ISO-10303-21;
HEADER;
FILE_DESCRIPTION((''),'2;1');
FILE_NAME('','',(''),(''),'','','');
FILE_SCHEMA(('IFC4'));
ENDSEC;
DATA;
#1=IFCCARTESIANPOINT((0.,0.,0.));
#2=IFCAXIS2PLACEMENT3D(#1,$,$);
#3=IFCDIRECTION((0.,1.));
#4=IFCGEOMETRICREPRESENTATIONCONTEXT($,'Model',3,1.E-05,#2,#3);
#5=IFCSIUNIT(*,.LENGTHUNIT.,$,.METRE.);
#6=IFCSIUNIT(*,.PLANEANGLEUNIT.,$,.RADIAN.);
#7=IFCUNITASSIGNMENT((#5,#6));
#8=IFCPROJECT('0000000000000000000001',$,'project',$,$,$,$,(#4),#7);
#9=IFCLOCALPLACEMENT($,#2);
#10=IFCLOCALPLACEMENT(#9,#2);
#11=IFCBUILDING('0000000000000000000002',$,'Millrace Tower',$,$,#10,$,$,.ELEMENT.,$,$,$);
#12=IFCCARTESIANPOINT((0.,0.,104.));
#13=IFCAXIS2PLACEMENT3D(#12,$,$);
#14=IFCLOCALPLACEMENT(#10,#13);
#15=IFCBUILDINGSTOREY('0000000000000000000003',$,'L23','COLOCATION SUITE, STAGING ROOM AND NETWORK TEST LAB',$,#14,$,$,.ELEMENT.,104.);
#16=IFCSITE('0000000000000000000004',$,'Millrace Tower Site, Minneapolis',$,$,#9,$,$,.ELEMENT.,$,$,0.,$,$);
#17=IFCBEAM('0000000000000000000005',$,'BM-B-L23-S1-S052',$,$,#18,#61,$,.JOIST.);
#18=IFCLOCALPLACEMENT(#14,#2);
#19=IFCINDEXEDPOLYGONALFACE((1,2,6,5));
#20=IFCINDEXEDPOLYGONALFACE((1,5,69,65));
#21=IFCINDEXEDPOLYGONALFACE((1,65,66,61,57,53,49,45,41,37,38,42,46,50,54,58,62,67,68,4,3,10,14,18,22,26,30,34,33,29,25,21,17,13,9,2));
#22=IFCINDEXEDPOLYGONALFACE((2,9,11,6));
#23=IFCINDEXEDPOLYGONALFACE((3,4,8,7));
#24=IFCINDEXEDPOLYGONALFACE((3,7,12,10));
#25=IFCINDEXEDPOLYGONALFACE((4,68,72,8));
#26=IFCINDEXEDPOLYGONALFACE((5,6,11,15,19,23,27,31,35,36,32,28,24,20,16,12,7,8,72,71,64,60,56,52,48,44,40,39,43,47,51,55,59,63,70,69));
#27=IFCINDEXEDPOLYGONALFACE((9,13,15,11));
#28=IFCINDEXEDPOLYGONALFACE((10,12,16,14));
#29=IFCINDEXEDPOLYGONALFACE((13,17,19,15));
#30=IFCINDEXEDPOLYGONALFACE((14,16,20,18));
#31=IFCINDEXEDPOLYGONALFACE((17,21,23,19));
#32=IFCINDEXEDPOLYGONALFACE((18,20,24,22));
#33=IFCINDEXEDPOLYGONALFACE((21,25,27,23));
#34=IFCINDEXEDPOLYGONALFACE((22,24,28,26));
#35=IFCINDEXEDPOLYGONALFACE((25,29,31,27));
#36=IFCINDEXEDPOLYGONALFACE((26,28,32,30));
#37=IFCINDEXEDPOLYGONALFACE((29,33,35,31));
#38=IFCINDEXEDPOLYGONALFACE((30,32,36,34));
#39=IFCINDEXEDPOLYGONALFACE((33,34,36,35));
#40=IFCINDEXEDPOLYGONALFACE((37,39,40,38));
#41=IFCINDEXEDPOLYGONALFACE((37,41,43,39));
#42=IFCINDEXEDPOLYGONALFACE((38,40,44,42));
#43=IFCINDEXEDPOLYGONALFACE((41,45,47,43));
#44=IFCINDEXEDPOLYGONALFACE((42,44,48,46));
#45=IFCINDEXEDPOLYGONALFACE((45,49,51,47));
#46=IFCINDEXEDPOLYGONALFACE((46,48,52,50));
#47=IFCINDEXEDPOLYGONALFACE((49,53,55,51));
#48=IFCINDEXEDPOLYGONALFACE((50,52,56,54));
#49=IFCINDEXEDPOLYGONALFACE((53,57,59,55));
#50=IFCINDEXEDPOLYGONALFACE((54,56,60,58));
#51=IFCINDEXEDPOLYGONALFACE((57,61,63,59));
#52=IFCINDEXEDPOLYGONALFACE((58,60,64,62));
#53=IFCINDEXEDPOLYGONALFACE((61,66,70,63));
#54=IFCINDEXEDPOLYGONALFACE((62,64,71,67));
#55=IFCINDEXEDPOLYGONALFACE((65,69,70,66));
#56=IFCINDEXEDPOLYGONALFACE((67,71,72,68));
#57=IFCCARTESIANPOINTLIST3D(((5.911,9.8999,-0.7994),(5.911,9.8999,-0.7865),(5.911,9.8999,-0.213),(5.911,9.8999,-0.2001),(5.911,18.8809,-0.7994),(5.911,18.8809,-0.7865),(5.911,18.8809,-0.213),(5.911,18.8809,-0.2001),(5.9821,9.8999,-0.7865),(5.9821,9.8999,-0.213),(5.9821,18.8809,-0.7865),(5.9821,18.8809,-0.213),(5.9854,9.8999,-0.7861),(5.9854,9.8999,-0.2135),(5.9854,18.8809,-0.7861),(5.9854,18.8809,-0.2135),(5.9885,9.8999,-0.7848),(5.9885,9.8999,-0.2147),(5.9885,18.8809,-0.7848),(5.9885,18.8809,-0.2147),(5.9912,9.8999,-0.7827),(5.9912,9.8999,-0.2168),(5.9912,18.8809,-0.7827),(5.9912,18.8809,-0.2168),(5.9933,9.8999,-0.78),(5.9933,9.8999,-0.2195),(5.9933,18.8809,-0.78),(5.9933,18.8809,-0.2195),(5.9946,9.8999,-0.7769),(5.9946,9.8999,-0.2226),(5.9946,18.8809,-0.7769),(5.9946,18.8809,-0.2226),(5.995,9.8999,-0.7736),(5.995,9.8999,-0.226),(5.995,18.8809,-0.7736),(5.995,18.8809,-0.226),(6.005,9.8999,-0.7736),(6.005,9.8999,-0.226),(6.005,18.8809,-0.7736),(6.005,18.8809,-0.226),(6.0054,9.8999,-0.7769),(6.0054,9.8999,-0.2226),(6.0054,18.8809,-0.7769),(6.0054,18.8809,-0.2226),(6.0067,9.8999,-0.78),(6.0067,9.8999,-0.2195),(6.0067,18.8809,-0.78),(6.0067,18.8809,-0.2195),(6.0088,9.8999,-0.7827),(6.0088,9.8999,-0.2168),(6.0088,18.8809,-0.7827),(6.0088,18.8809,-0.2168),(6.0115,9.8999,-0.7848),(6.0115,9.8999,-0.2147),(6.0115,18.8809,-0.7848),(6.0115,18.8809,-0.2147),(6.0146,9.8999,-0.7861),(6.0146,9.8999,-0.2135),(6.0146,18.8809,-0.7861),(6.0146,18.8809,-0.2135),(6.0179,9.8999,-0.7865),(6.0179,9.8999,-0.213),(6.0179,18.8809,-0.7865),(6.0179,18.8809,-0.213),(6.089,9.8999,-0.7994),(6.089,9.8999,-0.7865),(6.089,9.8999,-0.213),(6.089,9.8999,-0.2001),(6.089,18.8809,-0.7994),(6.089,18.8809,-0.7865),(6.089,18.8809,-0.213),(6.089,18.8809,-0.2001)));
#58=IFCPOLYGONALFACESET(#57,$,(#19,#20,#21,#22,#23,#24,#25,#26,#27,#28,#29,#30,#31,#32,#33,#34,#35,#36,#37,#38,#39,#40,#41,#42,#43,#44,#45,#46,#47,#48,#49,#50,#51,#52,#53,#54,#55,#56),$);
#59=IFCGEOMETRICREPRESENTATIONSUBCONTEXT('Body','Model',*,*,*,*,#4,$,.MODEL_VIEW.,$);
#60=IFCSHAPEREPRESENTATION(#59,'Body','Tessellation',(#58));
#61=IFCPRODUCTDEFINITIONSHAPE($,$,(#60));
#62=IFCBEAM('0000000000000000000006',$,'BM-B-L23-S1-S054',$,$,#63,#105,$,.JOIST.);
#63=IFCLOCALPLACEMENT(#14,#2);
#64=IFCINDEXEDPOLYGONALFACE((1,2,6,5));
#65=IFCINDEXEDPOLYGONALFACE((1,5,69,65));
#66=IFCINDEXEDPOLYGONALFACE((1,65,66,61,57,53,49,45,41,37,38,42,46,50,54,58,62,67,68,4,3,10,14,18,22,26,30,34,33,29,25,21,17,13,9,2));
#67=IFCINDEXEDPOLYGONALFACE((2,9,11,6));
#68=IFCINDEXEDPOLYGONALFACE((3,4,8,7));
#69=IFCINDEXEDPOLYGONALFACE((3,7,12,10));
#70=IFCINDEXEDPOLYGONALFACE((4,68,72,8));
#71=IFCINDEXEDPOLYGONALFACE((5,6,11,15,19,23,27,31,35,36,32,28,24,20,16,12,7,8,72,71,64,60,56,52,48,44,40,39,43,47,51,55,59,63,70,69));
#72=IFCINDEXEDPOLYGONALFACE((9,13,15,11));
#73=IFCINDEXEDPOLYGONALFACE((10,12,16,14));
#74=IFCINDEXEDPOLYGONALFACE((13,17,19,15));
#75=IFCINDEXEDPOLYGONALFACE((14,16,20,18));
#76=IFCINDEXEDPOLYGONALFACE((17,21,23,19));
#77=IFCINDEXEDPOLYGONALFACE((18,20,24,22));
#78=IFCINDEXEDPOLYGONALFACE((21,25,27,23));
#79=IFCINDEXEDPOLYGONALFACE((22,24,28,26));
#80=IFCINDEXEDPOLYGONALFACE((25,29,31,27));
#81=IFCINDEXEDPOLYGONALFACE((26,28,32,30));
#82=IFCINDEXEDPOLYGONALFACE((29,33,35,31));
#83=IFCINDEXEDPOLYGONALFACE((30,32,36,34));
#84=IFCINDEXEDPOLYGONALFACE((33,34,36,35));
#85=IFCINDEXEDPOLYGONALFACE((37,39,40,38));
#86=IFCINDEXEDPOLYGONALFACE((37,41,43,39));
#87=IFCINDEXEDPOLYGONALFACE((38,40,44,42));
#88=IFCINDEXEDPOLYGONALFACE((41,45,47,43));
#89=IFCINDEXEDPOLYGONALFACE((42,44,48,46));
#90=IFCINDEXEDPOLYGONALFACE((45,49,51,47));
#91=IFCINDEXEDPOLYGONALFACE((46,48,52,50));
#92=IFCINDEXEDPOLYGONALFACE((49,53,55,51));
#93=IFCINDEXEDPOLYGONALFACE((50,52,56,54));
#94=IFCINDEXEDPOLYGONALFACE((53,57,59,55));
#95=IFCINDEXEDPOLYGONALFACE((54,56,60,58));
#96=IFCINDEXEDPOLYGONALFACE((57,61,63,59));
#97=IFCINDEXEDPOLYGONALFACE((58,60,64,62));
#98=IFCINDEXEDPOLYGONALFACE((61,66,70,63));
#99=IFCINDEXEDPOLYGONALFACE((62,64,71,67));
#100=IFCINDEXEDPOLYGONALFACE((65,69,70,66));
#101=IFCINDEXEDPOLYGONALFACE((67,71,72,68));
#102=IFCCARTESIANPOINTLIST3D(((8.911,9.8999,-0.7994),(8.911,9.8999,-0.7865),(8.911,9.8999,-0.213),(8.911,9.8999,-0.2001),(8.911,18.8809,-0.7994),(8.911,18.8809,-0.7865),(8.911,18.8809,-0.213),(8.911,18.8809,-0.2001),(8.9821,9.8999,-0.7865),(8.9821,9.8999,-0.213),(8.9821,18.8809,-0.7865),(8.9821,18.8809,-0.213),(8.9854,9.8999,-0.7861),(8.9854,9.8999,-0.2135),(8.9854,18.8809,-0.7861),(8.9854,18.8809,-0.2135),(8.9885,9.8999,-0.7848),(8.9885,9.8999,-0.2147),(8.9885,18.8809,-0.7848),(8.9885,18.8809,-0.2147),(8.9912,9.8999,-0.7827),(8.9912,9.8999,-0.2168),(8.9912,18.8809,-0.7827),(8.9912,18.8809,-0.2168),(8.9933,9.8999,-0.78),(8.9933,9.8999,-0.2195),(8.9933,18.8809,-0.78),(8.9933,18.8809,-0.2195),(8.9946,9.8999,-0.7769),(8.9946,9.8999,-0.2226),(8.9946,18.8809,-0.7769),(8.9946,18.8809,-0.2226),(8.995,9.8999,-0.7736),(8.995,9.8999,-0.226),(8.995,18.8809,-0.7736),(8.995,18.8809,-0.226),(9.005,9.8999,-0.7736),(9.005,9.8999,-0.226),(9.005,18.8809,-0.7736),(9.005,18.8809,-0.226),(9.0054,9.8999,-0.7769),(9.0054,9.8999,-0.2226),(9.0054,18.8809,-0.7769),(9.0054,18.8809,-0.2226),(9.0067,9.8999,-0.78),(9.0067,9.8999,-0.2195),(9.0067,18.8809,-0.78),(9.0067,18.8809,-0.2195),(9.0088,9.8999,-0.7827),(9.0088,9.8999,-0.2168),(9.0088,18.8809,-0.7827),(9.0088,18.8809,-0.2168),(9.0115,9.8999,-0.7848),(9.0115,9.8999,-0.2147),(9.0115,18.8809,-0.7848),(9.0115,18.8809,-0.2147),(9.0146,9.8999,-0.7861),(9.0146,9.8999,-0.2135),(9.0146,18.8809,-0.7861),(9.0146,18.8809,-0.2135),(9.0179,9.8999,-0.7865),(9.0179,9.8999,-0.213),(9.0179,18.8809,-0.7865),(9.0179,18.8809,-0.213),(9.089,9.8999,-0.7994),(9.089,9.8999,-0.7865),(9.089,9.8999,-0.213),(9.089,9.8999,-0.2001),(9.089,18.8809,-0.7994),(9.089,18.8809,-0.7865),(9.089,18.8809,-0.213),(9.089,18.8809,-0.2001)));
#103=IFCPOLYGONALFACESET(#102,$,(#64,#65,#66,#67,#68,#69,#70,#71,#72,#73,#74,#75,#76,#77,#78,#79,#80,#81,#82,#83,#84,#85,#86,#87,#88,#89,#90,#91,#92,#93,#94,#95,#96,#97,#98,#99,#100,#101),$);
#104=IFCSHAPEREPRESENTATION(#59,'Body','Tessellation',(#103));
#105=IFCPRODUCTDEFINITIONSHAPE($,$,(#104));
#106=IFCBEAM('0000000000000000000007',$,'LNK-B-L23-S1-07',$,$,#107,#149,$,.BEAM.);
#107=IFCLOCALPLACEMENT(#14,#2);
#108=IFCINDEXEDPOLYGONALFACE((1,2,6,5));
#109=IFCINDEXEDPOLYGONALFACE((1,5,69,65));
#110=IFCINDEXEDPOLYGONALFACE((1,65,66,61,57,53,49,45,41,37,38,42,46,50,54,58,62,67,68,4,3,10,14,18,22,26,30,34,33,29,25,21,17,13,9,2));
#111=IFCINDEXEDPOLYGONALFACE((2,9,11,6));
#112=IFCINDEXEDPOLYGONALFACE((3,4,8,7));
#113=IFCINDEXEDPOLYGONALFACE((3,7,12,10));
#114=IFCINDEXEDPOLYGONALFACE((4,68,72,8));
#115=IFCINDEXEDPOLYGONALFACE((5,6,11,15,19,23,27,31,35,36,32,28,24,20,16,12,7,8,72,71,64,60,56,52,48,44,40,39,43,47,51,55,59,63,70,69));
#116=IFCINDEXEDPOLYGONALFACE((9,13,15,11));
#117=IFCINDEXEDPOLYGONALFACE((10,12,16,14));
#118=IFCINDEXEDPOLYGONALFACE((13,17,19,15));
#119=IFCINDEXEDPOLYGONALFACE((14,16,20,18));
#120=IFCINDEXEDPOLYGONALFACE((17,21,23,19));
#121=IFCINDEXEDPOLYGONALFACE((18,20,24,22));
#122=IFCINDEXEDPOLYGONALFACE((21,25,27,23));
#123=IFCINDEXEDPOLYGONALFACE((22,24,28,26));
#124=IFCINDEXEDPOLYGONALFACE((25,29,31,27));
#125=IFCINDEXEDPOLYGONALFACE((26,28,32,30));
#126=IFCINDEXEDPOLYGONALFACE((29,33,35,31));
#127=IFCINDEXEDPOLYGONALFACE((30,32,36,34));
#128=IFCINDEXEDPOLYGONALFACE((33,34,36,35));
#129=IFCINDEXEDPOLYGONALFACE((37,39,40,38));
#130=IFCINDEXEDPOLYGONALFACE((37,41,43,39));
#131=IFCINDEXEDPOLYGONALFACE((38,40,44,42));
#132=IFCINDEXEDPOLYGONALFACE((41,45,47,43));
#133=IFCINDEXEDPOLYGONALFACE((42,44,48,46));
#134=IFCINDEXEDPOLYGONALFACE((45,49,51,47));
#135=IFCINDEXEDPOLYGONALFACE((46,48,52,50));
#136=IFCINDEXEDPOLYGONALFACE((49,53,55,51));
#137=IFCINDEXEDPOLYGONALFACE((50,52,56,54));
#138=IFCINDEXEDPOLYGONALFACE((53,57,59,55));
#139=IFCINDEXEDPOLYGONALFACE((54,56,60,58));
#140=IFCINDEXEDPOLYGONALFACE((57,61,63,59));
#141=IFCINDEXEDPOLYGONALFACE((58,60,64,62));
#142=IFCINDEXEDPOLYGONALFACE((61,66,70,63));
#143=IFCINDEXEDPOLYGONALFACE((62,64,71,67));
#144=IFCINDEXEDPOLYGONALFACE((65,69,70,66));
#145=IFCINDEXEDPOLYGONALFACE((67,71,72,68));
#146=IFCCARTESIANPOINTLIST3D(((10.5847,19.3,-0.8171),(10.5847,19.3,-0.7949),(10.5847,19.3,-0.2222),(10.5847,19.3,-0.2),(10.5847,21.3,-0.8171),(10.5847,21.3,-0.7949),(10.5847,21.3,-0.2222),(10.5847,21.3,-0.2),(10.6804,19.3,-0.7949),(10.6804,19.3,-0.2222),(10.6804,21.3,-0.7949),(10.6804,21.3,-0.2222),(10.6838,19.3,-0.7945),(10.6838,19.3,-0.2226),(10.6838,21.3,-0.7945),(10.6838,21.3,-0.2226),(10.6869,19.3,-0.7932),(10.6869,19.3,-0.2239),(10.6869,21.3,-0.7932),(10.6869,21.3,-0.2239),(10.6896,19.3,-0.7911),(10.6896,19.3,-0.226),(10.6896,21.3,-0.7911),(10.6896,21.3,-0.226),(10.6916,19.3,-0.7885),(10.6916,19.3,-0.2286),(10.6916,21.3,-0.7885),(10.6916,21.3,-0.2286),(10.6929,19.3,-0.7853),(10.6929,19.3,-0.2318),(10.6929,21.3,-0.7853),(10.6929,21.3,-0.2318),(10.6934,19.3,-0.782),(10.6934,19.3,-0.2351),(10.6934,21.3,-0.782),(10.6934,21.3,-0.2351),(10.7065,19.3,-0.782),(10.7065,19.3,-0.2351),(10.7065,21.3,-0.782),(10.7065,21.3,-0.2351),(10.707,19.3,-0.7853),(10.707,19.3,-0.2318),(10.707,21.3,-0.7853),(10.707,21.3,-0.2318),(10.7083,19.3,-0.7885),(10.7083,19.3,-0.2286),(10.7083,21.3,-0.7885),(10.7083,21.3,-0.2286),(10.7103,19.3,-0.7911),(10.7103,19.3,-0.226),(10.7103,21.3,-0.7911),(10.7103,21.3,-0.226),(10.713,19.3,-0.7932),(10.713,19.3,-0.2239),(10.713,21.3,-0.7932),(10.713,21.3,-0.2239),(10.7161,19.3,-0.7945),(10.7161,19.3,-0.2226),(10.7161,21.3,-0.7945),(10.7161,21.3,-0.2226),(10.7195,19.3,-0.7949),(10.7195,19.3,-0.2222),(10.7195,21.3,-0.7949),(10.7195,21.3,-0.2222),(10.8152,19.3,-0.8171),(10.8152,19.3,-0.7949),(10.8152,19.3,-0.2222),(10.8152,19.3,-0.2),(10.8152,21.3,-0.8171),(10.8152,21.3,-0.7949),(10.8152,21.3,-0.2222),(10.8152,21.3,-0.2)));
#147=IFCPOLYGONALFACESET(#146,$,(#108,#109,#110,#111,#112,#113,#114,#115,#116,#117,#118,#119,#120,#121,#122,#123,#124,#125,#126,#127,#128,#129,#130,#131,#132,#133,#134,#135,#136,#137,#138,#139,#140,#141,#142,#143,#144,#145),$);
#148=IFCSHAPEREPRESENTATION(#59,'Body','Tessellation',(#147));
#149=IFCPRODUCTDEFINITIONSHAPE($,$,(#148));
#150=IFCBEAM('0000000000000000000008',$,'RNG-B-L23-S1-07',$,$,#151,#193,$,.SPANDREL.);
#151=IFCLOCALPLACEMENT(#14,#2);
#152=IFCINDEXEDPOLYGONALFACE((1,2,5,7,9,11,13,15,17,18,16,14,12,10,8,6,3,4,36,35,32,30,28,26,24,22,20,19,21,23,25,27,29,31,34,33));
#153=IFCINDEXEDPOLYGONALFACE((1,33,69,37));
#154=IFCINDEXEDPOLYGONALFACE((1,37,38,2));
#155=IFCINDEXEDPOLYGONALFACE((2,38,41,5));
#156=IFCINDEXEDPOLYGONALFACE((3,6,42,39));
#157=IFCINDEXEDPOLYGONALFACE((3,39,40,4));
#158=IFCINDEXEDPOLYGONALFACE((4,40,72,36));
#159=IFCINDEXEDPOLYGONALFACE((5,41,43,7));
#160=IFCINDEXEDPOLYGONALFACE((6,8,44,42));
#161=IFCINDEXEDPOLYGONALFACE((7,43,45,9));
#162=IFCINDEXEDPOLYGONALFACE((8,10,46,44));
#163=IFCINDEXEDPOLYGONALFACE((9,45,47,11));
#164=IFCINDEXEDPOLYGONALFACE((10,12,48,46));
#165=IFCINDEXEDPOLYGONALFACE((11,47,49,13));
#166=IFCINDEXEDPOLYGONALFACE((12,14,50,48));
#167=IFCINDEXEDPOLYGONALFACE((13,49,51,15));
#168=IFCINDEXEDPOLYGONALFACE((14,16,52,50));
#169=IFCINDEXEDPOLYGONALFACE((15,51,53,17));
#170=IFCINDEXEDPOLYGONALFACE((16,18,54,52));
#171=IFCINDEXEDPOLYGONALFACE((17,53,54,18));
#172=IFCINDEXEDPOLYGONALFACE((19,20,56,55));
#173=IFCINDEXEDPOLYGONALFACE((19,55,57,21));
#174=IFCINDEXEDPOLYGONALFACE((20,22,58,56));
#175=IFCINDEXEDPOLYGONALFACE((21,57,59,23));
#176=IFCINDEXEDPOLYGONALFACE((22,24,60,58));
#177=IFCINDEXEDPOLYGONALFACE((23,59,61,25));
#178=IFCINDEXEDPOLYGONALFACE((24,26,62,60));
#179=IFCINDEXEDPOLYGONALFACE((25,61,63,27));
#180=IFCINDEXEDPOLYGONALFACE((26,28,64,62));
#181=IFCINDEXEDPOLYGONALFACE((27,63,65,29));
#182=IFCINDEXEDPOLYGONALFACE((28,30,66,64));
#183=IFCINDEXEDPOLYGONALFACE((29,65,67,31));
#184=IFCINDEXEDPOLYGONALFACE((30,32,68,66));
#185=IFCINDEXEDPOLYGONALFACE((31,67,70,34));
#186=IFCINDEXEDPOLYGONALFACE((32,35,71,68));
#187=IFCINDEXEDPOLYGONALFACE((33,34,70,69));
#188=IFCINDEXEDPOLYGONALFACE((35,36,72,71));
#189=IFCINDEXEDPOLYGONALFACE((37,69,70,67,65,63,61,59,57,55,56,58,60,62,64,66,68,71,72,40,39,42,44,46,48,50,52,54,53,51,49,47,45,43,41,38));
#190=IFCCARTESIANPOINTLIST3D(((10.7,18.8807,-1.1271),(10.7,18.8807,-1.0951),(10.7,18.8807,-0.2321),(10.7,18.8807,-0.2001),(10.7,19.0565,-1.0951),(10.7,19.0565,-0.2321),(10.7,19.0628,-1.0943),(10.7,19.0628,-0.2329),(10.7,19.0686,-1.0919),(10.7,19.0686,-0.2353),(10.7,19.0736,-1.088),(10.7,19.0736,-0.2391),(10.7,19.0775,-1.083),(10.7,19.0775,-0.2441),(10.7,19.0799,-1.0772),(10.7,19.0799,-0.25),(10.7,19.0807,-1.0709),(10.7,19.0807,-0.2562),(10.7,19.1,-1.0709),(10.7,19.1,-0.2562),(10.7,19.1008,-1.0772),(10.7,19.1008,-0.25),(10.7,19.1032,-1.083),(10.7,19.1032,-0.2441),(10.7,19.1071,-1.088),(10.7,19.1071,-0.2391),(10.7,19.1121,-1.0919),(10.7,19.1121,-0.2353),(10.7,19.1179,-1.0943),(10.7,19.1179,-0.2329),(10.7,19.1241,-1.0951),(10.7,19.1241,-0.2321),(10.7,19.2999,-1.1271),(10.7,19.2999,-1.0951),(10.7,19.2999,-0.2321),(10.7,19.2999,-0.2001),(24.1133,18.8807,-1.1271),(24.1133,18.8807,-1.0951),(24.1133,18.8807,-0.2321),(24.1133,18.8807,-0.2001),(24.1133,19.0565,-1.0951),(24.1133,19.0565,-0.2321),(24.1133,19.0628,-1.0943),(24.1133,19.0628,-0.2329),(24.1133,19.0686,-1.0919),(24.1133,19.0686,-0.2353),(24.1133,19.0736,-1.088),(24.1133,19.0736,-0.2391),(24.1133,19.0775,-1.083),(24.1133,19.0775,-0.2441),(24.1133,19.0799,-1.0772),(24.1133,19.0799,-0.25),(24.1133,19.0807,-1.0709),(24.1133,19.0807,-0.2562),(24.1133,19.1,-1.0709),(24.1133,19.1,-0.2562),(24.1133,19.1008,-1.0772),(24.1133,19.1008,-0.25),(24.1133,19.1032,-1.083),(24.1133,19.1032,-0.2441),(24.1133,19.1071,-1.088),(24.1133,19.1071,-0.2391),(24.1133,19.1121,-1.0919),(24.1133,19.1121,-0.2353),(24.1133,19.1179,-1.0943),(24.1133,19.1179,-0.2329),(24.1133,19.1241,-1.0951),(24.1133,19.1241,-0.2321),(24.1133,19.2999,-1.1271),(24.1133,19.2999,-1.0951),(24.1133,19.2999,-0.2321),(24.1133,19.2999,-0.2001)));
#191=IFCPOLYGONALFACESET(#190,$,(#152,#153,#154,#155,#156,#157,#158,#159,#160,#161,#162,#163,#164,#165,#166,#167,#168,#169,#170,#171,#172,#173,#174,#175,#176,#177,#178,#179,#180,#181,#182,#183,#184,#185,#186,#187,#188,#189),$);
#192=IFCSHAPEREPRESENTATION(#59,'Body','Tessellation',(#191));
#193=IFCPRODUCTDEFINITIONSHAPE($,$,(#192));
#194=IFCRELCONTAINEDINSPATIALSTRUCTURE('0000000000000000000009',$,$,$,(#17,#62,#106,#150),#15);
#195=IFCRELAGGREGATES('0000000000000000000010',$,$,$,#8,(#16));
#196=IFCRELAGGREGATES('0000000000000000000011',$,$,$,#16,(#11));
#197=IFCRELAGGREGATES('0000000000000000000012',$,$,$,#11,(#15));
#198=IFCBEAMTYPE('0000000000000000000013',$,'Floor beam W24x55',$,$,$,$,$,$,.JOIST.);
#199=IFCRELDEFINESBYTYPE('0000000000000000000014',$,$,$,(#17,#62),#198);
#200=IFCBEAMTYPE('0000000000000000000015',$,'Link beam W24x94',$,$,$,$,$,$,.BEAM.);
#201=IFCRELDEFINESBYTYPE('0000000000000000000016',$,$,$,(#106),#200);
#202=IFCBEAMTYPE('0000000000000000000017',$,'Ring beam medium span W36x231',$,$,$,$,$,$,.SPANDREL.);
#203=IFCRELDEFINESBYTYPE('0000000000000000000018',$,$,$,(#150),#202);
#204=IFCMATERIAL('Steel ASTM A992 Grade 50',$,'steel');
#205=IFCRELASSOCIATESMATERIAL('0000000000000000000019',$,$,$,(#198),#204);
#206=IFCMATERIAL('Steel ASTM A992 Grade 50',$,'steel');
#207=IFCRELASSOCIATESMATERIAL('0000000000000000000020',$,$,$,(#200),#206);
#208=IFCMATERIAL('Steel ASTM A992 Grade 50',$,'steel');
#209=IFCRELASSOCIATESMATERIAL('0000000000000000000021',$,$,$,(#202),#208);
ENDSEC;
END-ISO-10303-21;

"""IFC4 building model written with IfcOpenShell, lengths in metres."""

from ifc_helpers import new_model, si_unit, direction, frame, origin, origin_2d, place, context, subcontext, project, spatial, i_section, extrude, material, material_profile, profile_set, type_object, element, save


model = new_model("IFC4")

# Units and contexts
model_context = context("Model", 3, precision=1e-05, world=origin(), true_north=direction((0.0, 1.0)))
body_context = subcontext(model_context, "Body", "Model", "MODEL_VIEW")
ifc_project = project(units=[si_unit("LENGTHUNIT", "METRE"), si_unit("PLANEANGLEUNIT", "RADIAN")], contexts=[model_context])

# Site, building, storey
site_placement = place(None, origin())
site = spatial("IfcSite", under=ifc_project, at=site_placement, Name="Millrace Tower Site, Minneapolis", CompositionType="ELEMENT", RefElevation=0.0)
building_placement = place(site_placement, origin())
building = spatial("IfcBuilding", under=site, at=building_placement, Name="Millrace Tower", CompositionType="ELEMENT")
storey_placement = place(building_placement, frame((0.0, 0.0, 104.0)))
storey = spatial("IfcBuildingStorey", under=building, at=storey_placement, Name="L23", Description="COLOCATION SUITE, STAGING ROOM AND NETWORK TEST LAB", CompositionType="ELEMENT", Elevation=104.0)

# Beams
ifc_material_1 = material(Name="Steel ASTM A992 Grade 50", Category="steel")
ifc_material_profile_1 = material_profile(ifc_material_1, i_section(OverallWidth=0.178, OverallDepth=0.5994, WebThickness=0.01, FlangeThickness=0.0129, FilletRadius=0.0129, at=origin_2d()))
ifc_profile_set_1 = profile_set([ifc_material_profile_1], Name="Steel ASTM A992 Grade 50")
beam_type_1 = type_object("IfcBeamType", Name="Floor beam W24x55", PredefinedType="JOIST", material=ifc_profile_set_1)
for number, where, z_axis, x_axis, name in (
    (1, (6.0, 9.8999, -0.4998), (0.0, 1.0, 0.0), (-1.0, 0.0, 0.0), "BM-B-L23-S1-S052"),
    (2, (9.0, 9.8999, -0.4998), (0.0, 1.0, 0.0), (-1.0, 0.0, 0.0), "BM-B-L23-S1-S054"),
):
    element("IfcBeam", number, at=place(storey_placement, frame(where, z_axis=z_axis, x_axis=x_axis)), inside=storey, type_object=beam_type_1, Name=name, PredefinedType="JOIST", context=body_context, shape_type="SweptSolid", body=[
        extrude(i_section(OverallWidth=0.178, OverallDepth=0.5994, WebThickness=0.01, FlangeThickness=0.0129, FilletRadius=0.0129, at=origin_2d()), origin(), (0.0, 0.0, 1.0), 8.981),
    ])
ifc_material_2 = material(Name="Steel ASTM A992 Grade 50", Category="steel")
ifc_material_profile_2 = material_profile(ifc_material_2, i_section(OverallWidth=0.2305, OverallDepth=0.6172, WebThickness=0.0132, FlangeThickness=0.0222, FilletRadius=0.0129, at=origin_2d()))
ifc_profile_set_2 = profile_set([ifc_material_profile_2], Name="Steel ASTM A992 Grade 50")
beam_type_2 = type_object("IfcBeamType", Name="Link beam W24x94", PredefinedType="BEAM", material=ifc_profile_set_2)
beam_1_placement = place(storey_placement, frame((10.7, 19.3, -0.5085), z_axis=(0.0, 1.0, 0.0), x_axis=(-1.0, 0.0, 0.0)))
element("IfcBeam", 3, at=beam_1_placement, inside=storey, type_object=beam_type_2, Name="LNK-B-L23-S1-07", PredefinedType="BEAM", context=body_context, shape_type="SweptSolid", body=[
    extrude(i_section(OverallWidth=0.2305, OverallDepth=0.6172, WebThickness=0.0132, FlangeThickness=0.0222, FilletRadius=0.0129, at=origin_2d()), origin(), (0.0, 0.0, 1.0), 2.0),
])
ifc_material_3 = material(Name="Steel ASTM A992 Grade 50", Category="steel")
ifc_material_profile_3 = material_profile(ifc_material_3, i_section(OverallWidth=0.4192, OverallDepth=0.927, WebThickness=0.0193, FlangeThickness=0.032, FilletRadius=0.0242, at=origin_2d()))
ifc_profile_set_3 = profile_set([ifc_material_profile_3], Name="Steel ASTM A992 Grade 50")
beam_type_3 = type_object("IfcBeamType", Name="Ring beam medium span W36x231", PredefinedType="SPANDREL", material=ifc_profile_set_3)
beam_2_placement = place(storey_placement, frame((10.7, 19.0903, -0.6636), z_axis=(1.0, 0.0, 0.0), x_axis=(0.0, 1.0, 0.0)))
element("IfcBeam", 4, at=beam_2_placement, inside=storey, type_object=beam_type_3, Name="RNG-B-L23-S1-07", PredefinedType="SPANDREL", context=body_context, shape_type="SweptSolid", body=[
    extrude(i_section(OverallWidth=0.4192, OverallDepth=0.927, WebThickness=0.0193, FlangeThickness=0.032, FilletRadius=0.0242, at=origin_2d()), origin(), (0.0, 0.0, 1.0), 13.4133),
])

save(model, "model.ifc")
